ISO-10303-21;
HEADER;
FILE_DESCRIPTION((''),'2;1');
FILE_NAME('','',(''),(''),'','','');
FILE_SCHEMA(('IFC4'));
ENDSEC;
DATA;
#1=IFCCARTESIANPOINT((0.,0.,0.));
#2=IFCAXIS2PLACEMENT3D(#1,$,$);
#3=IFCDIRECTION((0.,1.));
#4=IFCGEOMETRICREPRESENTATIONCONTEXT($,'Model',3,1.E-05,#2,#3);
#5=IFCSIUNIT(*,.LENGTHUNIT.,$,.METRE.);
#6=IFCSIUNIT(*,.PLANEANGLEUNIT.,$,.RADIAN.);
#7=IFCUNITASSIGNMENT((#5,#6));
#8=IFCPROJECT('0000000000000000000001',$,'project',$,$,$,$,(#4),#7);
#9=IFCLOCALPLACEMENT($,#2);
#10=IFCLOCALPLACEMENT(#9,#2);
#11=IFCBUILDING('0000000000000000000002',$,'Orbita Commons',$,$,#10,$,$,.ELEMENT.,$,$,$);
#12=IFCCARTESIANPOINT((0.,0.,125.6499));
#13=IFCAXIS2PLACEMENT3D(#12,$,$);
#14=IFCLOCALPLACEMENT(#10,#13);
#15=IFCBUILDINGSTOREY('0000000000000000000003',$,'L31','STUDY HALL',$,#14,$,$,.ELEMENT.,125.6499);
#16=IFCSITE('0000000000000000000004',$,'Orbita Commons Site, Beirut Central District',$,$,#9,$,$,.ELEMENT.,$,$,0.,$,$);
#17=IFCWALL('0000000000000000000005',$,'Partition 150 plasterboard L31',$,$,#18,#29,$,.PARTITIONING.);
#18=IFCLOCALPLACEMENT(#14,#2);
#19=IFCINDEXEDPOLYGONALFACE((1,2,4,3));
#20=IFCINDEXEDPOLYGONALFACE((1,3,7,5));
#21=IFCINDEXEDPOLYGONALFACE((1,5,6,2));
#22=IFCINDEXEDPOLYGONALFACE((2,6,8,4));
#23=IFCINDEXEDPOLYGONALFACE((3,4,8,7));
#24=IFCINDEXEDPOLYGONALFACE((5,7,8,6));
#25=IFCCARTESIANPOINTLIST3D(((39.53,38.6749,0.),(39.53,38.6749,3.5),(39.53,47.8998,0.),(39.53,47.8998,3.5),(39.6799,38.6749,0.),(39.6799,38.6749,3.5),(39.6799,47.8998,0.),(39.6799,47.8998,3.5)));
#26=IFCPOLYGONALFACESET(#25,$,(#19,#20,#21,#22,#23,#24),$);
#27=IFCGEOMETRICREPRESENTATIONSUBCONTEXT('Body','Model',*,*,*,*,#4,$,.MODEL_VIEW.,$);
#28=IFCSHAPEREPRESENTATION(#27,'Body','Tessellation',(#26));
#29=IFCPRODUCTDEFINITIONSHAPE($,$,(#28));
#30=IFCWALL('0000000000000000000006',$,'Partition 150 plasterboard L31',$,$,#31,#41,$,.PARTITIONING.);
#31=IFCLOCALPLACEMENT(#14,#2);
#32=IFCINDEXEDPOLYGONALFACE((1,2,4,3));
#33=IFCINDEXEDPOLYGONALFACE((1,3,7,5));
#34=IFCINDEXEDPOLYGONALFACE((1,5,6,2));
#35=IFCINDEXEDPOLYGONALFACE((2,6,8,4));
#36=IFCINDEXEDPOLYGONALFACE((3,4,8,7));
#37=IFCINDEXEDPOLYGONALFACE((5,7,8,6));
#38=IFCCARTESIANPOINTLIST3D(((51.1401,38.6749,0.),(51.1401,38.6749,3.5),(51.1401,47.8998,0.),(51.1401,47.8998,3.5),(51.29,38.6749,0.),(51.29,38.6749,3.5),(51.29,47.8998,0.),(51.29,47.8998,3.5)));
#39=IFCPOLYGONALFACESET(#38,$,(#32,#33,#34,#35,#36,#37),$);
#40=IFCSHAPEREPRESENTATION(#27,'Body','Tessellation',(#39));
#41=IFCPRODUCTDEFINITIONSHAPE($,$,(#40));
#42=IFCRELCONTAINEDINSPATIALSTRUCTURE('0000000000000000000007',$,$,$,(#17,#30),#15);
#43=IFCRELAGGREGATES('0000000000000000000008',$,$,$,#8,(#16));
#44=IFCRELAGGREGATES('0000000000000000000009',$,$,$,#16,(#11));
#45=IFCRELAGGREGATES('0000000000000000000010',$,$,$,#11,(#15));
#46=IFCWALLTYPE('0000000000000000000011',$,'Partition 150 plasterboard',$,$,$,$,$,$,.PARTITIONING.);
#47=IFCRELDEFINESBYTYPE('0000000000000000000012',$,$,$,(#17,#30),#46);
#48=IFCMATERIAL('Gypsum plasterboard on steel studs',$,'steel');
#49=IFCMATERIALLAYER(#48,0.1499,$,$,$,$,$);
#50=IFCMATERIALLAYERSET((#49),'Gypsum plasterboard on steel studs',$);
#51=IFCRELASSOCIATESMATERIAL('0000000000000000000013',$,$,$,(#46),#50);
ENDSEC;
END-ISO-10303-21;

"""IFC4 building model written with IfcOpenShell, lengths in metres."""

from ifc_helpers import new_model, si_unit, direction, frame, frame_2d, origin, place, context, subcontext, project, spatial, rectangle, extrude, material, layer, layer_set, type_object, element, save


model = new_model("IFC4")

# Units and contexts
model_context = context("Model", 3, precision=1e-05, world=origin(), true_north=direction((0.0, 1.0)))
body_context = subcontext(model_context, "Body", "Model", "MODEL_VIEW")
ifc_project = project(units=[si_unit("LENGTHUNIT", "METRE"), si_unit("PLANEANGLEUNIT", "RADIAN")], contexts=[model_context])

# Site, building, storey
site_placement = place(None, origin())
site = spatial("IfcSite", under=ifc_project, at=site_placement, Name="Orbita Commons Site, Beirut Central District", CompositionType="ELEMENT", RefElevation=0.0)
building_placement = place(site_placement, origin())
building = spatial("IfcBuilding", under=site, at=building_placement, Name="Orbita Commons", CompositionType="ELEMENT")
storey_placement = place(building_placement, frame((0.0, 0.0, 125.6499)))
storey = spatial("IfcBuildingStorey", under=building, at=storey_placement, Name="L31", Description="STUDY HALL", CompositionType="ELEMENT", Elevation=125.6499)

# Walls
ifc_material_1 = material(Name="Gypsum plasterboard on steel studs", Category="steel")
ifc_layer_1 = layer(ifc_material_1, 0.1499)
ifc_layer_set_1 = layer_set([ifc_layer_1], Name="Gypsum plasterboard on steel studs")
wall_type_1 = type_object("IfcWallType", Name="Partition 150 plasterboard", PredefinedType="PARTITIONING", material=ifc_layer_set_1)
for number, where, z_axis, x_axis, name in (
    (1, (39.605, 38.675, 0.0), (0.0, 0.0, 1.0), (0.0, 1.0, 0.0), "Partition 150 plasterboard L31"),
    (2, (51.2151, 38.675, 0.0), (0.0, 0.0, 1.0), (0.0, 1.0, 0.0), "Partition 150 plasterboard L31"),
):
    element("IfcWall", number, at=place(storey_placement, frame(where, z_axis=z_axis, x_axis=x_axis)), inside=storey, type_object=wall_type_1, Name=name, PredefinedType="PARTITIONING", context=body_context, shape_type="SweptSolid", body=[
        extrude(rectangle(XDim=9.2249, YDim=0.1499, at=frame_2d((4.6123, 0.0))), origin(), (0.0, 0.0, 1.0), 3.5),
    ])

save(model, "model.ifc")
